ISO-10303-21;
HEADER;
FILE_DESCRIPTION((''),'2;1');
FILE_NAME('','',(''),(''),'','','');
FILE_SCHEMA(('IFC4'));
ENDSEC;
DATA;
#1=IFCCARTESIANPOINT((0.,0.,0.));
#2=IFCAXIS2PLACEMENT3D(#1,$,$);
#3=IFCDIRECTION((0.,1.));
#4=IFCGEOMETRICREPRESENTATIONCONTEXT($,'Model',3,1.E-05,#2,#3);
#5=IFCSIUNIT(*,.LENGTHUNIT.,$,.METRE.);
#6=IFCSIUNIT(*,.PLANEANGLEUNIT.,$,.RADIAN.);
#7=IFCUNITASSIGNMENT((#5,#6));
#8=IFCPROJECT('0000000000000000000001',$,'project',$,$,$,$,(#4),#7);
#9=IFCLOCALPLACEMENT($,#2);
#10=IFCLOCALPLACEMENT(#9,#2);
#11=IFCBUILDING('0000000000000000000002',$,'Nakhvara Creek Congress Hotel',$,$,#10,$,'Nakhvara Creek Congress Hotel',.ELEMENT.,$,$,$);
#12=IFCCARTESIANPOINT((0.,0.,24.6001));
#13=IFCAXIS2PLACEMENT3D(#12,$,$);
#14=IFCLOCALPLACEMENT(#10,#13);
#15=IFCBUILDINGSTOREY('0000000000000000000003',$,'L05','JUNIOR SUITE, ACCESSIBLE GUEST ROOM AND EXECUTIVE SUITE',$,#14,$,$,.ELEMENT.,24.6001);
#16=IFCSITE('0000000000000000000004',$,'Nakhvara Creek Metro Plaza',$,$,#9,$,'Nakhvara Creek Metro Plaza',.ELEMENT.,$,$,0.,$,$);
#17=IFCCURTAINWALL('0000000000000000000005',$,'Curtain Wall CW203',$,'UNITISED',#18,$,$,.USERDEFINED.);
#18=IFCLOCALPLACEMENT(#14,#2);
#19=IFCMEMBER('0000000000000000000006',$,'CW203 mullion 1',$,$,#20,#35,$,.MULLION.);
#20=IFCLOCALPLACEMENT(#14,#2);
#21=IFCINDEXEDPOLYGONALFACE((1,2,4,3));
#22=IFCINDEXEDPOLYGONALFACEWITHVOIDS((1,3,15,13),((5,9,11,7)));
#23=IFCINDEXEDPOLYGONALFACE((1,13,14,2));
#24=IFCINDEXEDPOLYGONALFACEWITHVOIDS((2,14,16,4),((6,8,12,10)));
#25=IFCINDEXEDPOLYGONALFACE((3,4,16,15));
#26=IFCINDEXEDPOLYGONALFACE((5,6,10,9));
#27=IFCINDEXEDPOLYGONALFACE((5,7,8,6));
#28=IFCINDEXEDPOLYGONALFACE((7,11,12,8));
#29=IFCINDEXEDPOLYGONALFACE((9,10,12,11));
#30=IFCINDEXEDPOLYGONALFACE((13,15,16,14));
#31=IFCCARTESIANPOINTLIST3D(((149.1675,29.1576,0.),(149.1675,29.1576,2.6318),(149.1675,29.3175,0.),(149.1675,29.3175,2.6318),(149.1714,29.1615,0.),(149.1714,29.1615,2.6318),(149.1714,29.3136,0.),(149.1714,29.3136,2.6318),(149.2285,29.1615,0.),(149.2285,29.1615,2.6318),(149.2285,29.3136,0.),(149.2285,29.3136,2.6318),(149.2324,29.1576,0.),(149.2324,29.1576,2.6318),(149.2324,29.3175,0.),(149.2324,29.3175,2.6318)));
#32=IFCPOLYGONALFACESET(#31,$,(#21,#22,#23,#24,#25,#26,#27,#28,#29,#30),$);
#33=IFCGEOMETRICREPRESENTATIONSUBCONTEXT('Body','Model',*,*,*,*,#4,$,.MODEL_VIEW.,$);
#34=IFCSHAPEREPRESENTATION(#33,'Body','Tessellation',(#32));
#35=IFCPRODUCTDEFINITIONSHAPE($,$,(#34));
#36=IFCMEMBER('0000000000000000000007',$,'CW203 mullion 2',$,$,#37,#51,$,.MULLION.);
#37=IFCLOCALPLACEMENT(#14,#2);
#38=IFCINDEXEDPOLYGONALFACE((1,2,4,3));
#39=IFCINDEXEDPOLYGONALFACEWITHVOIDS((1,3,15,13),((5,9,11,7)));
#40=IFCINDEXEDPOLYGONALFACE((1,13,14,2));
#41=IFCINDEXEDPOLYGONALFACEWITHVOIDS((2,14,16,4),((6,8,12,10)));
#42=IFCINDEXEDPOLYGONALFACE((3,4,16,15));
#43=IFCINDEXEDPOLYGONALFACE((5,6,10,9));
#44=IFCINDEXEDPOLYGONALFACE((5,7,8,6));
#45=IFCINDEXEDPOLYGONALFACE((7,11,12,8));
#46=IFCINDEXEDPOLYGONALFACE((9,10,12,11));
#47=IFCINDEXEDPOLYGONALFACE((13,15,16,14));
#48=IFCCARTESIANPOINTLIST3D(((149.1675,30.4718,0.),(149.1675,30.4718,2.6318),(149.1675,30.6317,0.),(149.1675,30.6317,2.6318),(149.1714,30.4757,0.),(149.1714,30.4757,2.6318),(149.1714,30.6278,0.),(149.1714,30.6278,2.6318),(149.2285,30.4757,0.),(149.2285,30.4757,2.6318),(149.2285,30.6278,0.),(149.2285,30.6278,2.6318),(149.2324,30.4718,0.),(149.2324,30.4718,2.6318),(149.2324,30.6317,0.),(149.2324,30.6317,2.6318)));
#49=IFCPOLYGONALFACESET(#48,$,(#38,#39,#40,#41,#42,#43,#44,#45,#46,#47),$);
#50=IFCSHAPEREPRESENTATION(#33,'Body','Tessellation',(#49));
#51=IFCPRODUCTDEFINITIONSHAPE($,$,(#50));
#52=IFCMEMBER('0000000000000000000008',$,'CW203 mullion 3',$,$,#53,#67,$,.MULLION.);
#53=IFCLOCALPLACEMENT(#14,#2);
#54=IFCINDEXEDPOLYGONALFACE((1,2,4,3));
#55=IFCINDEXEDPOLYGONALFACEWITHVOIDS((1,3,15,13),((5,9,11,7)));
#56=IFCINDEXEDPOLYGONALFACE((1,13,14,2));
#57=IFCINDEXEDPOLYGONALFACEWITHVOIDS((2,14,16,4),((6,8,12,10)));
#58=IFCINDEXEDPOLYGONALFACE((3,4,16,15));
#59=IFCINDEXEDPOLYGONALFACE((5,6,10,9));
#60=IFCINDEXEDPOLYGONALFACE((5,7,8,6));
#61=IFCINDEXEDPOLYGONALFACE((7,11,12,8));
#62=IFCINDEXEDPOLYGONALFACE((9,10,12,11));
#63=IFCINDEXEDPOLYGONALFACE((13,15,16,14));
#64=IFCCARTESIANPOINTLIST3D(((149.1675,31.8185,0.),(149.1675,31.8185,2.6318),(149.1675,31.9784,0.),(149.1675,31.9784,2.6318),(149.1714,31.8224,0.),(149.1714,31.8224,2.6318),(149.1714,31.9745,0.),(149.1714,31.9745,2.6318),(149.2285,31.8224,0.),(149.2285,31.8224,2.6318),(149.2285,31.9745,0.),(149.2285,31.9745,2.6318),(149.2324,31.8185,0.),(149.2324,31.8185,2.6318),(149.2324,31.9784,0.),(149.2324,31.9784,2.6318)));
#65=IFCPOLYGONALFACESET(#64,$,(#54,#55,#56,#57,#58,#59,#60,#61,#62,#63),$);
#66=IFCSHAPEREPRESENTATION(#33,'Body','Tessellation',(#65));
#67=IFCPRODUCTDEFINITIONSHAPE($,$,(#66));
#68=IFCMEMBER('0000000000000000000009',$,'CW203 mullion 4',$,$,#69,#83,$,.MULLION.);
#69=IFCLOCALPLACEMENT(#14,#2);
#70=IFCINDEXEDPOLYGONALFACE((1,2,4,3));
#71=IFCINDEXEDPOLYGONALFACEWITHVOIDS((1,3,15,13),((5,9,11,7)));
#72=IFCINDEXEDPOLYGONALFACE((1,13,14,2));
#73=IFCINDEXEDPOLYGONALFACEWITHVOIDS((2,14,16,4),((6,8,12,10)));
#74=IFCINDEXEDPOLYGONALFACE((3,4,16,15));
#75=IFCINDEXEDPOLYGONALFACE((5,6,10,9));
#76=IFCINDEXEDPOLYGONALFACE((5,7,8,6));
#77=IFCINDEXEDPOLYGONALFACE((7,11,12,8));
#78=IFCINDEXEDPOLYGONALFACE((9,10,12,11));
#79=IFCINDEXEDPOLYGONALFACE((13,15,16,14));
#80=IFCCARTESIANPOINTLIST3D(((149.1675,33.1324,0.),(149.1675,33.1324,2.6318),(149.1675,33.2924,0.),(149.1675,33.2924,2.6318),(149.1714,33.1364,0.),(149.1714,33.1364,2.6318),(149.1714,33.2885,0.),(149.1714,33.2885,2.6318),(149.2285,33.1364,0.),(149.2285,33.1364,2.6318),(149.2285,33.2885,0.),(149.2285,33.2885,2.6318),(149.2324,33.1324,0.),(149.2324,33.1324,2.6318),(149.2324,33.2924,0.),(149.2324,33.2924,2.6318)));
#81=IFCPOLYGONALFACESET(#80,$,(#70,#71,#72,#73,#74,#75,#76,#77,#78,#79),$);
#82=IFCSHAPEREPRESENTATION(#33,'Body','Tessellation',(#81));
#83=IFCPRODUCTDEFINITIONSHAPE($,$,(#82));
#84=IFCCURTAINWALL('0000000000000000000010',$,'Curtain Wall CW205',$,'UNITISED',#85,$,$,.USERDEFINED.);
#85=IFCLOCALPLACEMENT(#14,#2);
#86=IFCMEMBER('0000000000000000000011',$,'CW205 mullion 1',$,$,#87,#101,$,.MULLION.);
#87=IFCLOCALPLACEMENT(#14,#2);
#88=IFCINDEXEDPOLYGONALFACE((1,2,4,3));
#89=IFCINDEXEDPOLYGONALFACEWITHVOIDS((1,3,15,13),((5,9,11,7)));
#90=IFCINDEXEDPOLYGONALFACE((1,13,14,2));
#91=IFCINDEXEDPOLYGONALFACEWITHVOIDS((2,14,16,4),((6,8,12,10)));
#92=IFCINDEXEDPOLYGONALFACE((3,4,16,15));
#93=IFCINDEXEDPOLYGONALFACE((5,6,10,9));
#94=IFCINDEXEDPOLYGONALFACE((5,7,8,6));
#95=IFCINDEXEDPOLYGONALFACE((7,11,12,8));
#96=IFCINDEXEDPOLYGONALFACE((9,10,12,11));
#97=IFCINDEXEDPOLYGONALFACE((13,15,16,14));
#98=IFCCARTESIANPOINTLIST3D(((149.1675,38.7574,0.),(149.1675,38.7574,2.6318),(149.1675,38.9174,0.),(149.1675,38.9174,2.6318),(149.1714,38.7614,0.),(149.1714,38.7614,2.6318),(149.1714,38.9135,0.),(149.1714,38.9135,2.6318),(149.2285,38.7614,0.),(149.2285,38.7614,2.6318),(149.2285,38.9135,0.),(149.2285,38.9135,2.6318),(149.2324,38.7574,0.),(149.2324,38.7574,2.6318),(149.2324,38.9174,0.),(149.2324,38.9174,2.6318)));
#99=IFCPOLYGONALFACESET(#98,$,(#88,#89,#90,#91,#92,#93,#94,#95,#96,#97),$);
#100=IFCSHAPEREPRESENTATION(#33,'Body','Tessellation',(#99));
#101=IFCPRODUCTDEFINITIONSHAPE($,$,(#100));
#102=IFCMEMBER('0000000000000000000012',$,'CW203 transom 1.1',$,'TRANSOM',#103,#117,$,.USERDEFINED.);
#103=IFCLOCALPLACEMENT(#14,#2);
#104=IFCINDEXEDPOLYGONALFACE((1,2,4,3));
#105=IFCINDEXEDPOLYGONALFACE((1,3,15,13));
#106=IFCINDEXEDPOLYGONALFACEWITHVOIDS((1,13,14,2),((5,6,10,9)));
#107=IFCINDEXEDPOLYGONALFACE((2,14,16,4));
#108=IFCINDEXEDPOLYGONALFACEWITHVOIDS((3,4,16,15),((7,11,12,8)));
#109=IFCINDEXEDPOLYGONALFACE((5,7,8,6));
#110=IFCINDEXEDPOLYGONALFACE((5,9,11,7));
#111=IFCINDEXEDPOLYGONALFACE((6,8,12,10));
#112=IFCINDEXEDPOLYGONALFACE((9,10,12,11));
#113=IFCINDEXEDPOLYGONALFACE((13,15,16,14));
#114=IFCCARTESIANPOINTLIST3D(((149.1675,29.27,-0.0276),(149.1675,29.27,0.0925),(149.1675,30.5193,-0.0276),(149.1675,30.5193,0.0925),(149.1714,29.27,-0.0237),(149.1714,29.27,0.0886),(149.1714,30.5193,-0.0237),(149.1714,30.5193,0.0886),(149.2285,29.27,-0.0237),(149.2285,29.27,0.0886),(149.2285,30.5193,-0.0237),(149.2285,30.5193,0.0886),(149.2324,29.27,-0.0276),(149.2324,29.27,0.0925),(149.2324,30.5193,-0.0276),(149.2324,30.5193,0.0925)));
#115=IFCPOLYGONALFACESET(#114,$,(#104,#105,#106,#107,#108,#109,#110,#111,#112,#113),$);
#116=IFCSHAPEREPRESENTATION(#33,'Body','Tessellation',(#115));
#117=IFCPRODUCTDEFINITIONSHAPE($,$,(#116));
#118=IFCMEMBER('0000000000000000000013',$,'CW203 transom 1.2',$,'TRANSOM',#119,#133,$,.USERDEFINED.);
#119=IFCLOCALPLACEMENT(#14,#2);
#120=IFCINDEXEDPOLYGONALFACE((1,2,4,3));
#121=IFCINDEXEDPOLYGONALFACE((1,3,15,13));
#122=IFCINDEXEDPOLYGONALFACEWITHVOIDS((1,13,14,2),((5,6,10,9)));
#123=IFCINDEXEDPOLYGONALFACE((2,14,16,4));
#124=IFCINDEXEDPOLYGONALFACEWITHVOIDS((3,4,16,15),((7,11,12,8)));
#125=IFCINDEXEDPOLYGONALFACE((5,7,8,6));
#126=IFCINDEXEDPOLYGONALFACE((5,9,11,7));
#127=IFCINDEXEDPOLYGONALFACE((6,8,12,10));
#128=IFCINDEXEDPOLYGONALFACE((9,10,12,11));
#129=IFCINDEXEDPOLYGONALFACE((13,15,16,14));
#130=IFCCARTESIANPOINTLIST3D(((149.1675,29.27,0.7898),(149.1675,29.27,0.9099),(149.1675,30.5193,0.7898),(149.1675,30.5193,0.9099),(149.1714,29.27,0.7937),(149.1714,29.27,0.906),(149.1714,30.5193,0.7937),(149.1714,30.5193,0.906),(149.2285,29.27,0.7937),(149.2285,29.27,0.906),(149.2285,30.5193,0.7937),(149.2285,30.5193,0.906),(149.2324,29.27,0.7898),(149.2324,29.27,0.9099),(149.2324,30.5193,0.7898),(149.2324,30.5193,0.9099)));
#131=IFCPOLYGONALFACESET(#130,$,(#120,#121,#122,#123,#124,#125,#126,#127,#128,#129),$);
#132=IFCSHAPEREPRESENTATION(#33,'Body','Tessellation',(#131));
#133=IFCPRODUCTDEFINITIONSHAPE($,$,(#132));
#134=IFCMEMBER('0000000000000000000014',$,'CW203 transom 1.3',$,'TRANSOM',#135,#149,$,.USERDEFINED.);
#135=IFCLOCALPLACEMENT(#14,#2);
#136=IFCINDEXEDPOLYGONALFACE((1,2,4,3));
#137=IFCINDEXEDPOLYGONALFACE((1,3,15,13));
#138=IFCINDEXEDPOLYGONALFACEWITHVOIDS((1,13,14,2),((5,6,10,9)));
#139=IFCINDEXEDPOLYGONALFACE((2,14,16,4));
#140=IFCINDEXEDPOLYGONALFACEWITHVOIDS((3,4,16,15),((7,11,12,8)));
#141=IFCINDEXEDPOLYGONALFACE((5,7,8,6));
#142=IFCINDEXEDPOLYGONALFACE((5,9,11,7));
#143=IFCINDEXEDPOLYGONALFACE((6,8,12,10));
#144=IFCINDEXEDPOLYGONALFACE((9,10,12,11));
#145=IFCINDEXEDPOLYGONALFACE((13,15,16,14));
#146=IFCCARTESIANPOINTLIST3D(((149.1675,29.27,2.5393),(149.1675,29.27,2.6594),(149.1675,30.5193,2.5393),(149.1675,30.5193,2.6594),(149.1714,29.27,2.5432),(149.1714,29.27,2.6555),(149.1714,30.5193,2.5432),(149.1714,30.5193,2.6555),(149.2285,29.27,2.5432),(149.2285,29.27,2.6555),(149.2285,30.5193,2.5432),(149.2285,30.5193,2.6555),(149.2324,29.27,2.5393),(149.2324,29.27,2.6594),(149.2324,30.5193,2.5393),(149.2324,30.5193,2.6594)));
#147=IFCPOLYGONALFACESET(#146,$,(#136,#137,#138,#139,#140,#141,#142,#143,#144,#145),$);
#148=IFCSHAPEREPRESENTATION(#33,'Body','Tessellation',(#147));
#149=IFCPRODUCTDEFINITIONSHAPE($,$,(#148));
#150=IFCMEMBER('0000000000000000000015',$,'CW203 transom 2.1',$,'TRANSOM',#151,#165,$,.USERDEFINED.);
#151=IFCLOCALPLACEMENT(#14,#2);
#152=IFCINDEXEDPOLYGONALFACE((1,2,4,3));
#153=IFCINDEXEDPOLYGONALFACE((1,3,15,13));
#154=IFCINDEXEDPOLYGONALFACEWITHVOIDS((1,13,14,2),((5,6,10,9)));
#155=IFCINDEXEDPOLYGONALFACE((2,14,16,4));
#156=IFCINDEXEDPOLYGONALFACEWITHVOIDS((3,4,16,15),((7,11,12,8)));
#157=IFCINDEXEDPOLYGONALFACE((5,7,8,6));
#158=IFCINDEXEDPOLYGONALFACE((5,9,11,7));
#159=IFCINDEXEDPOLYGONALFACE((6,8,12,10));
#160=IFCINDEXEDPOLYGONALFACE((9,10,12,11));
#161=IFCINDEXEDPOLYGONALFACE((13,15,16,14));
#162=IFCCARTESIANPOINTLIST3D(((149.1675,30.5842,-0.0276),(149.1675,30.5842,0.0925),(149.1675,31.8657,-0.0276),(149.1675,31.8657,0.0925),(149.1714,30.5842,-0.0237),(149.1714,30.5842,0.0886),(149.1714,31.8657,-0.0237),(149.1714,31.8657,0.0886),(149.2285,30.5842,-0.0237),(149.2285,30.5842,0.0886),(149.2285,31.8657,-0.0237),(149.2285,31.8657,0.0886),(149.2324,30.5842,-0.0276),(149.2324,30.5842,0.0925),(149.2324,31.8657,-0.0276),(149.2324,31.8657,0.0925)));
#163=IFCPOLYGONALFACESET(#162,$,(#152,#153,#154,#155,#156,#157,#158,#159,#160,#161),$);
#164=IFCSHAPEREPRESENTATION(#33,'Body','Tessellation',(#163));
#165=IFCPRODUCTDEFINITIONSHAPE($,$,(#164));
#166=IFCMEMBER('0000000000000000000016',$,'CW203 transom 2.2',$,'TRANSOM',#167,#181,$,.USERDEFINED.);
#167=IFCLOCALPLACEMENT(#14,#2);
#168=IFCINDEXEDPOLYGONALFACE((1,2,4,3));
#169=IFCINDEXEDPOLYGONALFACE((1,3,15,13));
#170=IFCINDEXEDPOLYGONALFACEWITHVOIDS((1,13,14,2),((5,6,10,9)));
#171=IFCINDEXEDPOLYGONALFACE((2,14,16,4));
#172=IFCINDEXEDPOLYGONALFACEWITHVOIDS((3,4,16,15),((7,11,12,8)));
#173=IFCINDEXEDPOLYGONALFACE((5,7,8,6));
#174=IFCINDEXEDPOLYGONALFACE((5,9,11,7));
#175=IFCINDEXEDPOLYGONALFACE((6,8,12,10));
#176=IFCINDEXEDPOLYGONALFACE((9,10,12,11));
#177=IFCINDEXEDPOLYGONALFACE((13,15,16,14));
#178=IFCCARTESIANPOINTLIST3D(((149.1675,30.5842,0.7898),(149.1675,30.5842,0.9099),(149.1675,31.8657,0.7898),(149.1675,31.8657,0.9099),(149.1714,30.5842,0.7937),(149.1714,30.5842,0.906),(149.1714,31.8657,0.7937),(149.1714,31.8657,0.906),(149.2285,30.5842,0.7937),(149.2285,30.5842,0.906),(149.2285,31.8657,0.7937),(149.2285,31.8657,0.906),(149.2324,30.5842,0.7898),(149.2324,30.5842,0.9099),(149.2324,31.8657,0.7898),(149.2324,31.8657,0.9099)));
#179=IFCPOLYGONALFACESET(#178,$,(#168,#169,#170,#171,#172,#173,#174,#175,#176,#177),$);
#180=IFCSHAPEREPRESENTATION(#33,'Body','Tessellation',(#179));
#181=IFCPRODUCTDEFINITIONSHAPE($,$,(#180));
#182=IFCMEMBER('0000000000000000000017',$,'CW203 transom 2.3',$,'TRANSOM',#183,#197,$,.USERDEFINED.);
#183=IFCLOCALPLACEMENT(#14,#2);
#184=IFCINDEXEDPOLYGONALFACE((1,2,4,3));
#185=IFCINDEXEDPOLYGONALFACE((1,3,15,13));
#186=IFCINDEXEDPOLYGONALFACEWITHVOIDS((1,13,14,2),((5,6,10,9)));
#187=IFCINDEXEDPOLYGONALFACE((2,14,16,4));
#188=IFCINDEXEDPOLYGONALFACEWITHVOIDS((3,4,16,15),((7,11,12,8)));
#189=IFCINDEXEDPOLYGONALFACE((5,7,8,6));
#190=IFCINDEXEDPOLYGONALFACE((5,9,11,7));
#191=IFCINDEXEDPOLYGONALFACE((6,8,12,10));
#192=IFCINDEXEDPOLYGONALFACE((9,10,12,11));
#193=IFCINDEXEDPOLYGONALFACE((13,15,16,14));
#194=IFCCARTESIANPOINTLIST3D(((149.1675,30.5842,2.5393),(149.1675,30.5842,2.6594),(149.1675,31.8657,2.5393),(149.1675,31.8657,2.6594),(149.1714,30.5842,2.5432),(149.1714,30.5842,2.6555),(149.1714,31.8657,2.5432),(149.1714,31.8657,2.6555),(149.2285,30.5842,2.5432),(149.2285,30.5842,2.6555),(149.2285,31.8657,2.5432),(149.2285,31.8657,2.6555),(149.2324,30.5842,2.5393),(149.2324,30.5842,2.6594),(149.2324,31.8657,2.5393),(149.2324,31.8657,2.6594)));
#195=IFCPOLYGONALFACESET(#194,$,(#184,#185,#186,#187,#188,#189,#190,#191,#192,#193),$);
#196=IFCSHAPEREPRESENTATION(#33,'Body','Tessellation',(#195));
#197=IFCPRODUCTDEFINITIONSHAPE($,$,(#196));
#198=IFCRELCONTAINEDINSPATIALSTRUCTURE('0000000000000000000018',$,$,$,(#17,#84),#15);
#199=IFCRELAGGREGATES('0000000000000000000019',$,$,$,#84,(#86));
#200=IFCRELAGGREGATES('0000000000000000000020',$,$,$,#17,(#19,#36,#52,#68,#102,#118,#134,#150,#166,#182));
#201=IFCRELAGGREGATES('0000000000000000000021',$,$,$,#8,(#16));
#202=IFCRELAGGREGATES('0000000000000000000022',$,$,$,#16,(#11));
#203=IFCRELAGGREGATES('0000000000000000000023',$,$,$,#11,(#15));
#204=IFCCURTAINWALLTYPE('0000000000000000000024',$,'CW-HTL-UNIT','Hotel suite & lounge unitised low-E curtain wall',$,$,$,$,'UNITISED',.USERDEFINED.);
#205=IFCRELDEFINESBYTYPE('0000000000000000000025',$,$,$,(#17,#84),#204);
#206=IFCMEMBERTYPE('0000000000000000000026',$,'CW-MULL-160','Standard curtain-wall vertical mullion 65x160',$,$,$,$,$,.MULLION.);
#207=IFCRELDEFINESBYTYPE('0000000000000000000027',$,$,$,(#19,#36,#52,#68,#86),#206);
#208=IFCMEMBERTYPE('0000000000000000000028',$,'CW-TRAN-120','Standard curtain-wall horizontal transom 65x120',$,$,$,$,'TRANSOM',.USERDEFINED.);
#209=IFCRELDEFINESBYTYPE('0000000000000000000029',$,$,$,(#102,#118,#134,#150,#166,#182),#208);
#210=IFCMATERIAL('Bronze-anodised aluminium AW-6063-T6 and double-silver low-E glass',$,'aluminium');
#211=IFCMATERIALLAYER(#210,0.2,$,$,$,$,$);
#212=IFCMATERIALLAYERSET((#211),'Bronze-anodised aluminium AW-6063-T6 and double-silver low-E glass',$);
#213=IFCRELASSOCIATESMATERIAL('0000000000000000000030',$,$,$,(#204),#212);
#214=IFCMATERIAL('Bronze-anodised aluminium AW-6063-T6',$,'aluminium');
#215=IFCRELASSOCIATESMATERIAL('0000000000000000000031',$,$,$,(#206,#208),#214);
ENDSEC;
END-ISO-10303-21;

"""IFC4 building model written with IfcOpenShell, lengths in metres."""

from ifc_helpers import new_model, si_unit, direction, frame, origin, origin_2d, place, context, subcontext, project, spatial, hollow_rectangle, extrude, material, layer, layer_set, material_profile, profile_set, type_object, element, aggregate, save


model = new_model("IFC4")

# Units and contexts
model_context = context("Model", 3, precision=1e-05, world=origin(), true_north=direction((0.0, 1.0)))
body_context = subcontext(model_context, "Body", "Model", "MODEL_VIEW")
ifc_project = project(units=[si_unit("LENGTHUNIT", "METRE"), si_unit("PLANEANGLEUNIT", "RADIAN")], contexts=[model_context])

# Site, building, storey
site_placement = place(None, origin())
site = spatial("IfcSite", under=ifc_project, at=site_placement, Name="Nakhvara Creek Metro Plaza", LongName="Nakhvara Creek Metro Plaza", CompositionType="ELEMENT", RefElevation=0.0)
building_placement = place(site_placement, origin())
building = spatial("IfcBuilding", under=site, at=building_placement, Name="Nakhvara Creek Congress Hotel", LongName="Nakhvara Creek Congress Hotel", CompositionType="ELEMENT")
storey_placement = place(building_placement, frame((0.0, 0.0, 24.6001)))
storey = spatial("IfcBuildingStorey", under=building, at=storey_placement, Name="L05", Description="JUNIOR SUITE, ACCESSIBLE GUEST ROOM AND EXECUTIVE SUITE", CompositionType="ELEMENT", Elevation=24.6001)

# Curtain wall, members
ifc_material_1 = material(Name="Bronze-anodised aluminium AW-6063-T6 and double-silver low-E glass", Category="aluminium")
ifc_layer = layer(ifc_material_1, 0.2)
ifc_layer_set = layer_set([ifc_layer], Name="Bronze-anodised aluminium AW-6063-T6 and double-silver low-E glass")
curtain_wall_type = type_object("IfcCurtainWallType", Name="CW-HTL-UNIT", Description="Hotel suite & lounge unitised low-E curtain wall", ElementType="UNITISED", PredefinedType="USERDEFINED", material=ifc_layer_set)
curtain_wall_1_placement = place(storey_placement, origin())
curtain_wall_1 = element("IfcCurtainWall", 1, at=curtain_wall_1_placement, inside=storey, type_object=curtain_wall_type, Name="Curtain Wall CW203", ObjectType="UNITISED", PredefinedType="USERDEFINED")
ifc_material_2 = material(Name="Bronze-anodised aluminium AW-6063-T6", Category="aluminium")
ifc_material_profile_1 = material_profile(ifc_material_2, hollow_rectangle(XDim=0.0649, YDim=0.1599, WallThickness=0.0039, at=origin_2d()), Name="ALU-MULL 65x160x4", Category="LoadBearing")
ifc_profile_set_1 = profile_set([ifc_material_profile_1], Name="Bronze-anodised aluminium AW-6063-T6")
member_type_1 = type_object("IfcMemberType", Name="CW-MULL-160", Description="Standard curtain-wall vertical mullion 65x160", PredefinedType="MULLION", material=ifc_profile_set_1)
member_1_placement = place(storey_placement, frame((149.2, 29.2375, 0.0), z_axis=(0.0, 0.0, 1.0), x_axis=(-1.0, 0.0, 0.0)))
member_1 = element("IfcMember", 2, at=member_1_placement, type_object=member_type_1, Name="CW203 mullion 1", PredefinedType="MULLION", context=body_context, shape_type="SweptSolid", body=[
    extrude(hollow_rectangle(XDim=0.0649, YDim=0.1599, WallThickness=0.0039, at=origin_2d()), origin(), (0.0, 0.0, 1.0), 2.6318),
])
member_2_placement = place(storey_placement, frame((149.2, 30.5518, 0.0), z_axis=(0.0, 0.0, 1.0), x_axis=(-1.0, 0.0, 0.0)))
member_2 = element("IfcMember", 3, at=member_2_placement, type_object=member_type_1, Name="CW203 mullion 2", PredefinedType="MULLION", context=body_context, shape_type="SweptSolid", body=[
    extrude(hollow_rectangle(XDim=0.0649, YDim=0.1599, WallThickness=0.0039, at=origin_2d()), origin(), (0.0, 0.0, 1.0), 2.6318),
])
member_3_placement = place(storey_placement, frame((149.2, 31.8984, 0.0), z_axis=(0.0, 0.0, 1.0), x_axis=(-1.0, 0.0, 0.0)))
member_3 = element("IfcMember", 4, at=member_3_placement, type_object=member_type_1, Name="CW203 mullion 3", PredefinedType="MULLION", context=body_context, shape_type="SweptSolid", body=[
    extrude(hollow_rectangle(XDim=0.0649, YDim=0.1599, WallThickness=0.0039, at=origin_2d()), origin(), (0.0, 0.0, 1.0), 2.6318),
])
member_4_placement = place(storey_placement, frame((149.2, 33.2124, 0.0), z_axis=(0.0, 0.0, 1.0), x_axis=(-1.0, 0.0, 0.0)))
member_4 = element("IfcMember", 5, at=member_4_placement, type_object=member_type_1, Name="CW203 mullion 4", PredefinedType="MULLION", context=body_context, shape_type="SweptSolid", body=[
    extrude(hollow_rectangle(XDim=0.0649, YDim=0.1599, WallThickness=0.0039, at=origin_2d()), origin(), (0.0, 0.0, 1.0), 2.6318),
])

# Curtain wall, member
curtain_wall_2_placement = place(storey_placement, origin())
curtain_wall_2 = element("IfcCurtainWall", 6, at=curtain_wall_2_placement, inside=storey, type_object=curtain_wall_type, Name="Curtain Wall CW205", ObjectType="UNITISED", PredefinedType="USERDEFINED")
member_5_placement = place(storey_placement, frame((149.2, 38.8374, 0.0), z_axis=(0.0, 0.0, 1.0), x_axis=(-1.0, 0.0, 0.0)))
member_5 = element("IfcMember", 7, at=member_5_placement, type_object=member_type_1, Name="CW205 mullion 1", PredefinedType="MULLION", context=body_context, shape_type="SweptSolid", body=[
    extrude(hollow_rectangle(XDim=0.0649, YDim=0.1599, WallThickness=0.0039, at=origin_2d()), origin(), (0.0, 0.0, 1.0), 2.6318),
])

# Members
ifc_material_profile_2 = material_profile(ifc_material_2, hollow_rectangle(XDim=0.0649, YDim=0.1201, WallThickness=0.0039, at=origin_2d()), Name="ALU-TRAN 65x120x4", Category="LoadBearing")
ifc_profile_set_2 = profile_set([ifc_material_profile_2], Name="Bronze-anodised aluminium AW-6063-T6")
member_type_2 = type_object("IfcMemberType", Name="CW-TRAN-120", Description="Standard curtain-wall horizontal transom 65x120", ElementType="TRANSOM", PredefinedType="USERDEFINED", material=ifc_profile_set_2)
member_6_placement = place(storey_placement, frame((149.2, 29.27, 0.0325), z_axis=(0.0, 1.0, 0.0), x_axis=(-1.0, 0.0, 0.0)))
member_6 = element("IfcMember", 8, at=member_6_placement, type_object=member_type_2, Name="CW203 transom 1.1", ObjectType="TRANSOM", PredefinedType="USERDEFINED", context=body_context, shape_type="SweptSolid", body=[
    extrude(hollow_rectangle(XDim=0.0649, YDim=0.1201, WallThickness=0.0039, at=origin_2d()), origin(), (0.0, 0.0, 1.0), 1.2493),
])
member_7_placement = place(storey_placement, frame((149.2, 29.27, 0.8499), z_axis=(0.0, 1.0, 0.0), x_axis=(-1.0, 0.0, 0.0)))
member_7 = element("IfcMember", 9, at=member_7_placement, type_object=member_type_2, Name="CW203 transom 1.2", ObjectType="TRANSOM", PredefinedType="USERDEFINED", context=body_context, shape_type="SweptSolid", body=[
    extrude(hollow_rectangle(XDim=0.0649, YDim=0.1201, WallThickness=0.0039, at=origin_2d()), origin(), (0.0, 0.0, 1.0), 1.2493),
])
member_8_placement = place(storey_placement, frame((149.2, 29.27, 2.5994), z_axis=(0.0, 1.0, 0.0), x_axis=(-1.0, 0.0, 0.0)))
member_8 = element("IfcMember", 10, at=member_8_placement, type_object=member_type_2, Name="CW203 transom 1.3", ObjectType="TRANSOM", PredefinedType="USERDEFINED", context=body_context, shape_type="SweptSolid", body=[
    extrude(hollow_rectangle(XDim=0.0649, YDim=0.1201, WallThickness=0.0039, at=origin_2d()), origin(), (0.0, 0.0, 1.0), 1.2493),
])
member_9_placement = place(storey_placement, frame((149.2, 30.5842, 0.0325), z_axis=(0.0, 1.0, 0.0), x_axis=(-1.0, 0.0, 0.0)))
member_9 = element("IfcMember", 11, at=member_9_placement, type_object=member_type_2, Name="CW203 transom 2.1", ObjectType="TRANSOM", PredefinedType="USERDEFINED", context=body_context, shape_type="SweptSolid", body=[
    extrude(hollow_rectangle(XDim=0.0649, YDim=0.1201, WallThickness=0.0039, at=origin_2d()), origin(), (0.0, 0.0, 1.0), 1.2815),
])
member_10_placement = place(storey_placement, frame((149.2, 30.5842, 0.8499), z_axis=(0.0, 1.0, 0.0), x_axis=(-1.0, 0.0, 0.0)))
member_10 = element("IfcMember", 12, at=member_10_placement, type_object=member_type_2, Name="CW203 transom 2.2", ObjectType="TRANSOM", PredefinedType="USERDEFINED", context=body_context, shape_type="SweptSolid", body=[
    extrude(hollow_rectangle(XDim=0.0649, YDim=0.1201, WallThickness=0.0039, at=origin_2d()), origin(), (0.0, 0.0, 1.0), 1.2815),
])
member_11_placement = place(storey_placement, frame((149.2, 30.5842, 2.5994), z_axis=(0.0, 1.0, 0.0), x_axis=(-1.0, 0.0, 0.0)))
member_11 = element("IfcMember", 13, at=member_11_placement, type_object=member_type_2, Name="CW203 transom 2.3", ObjectType="TRANSOM", PredefinedType="USERDEFINED", context=body_context, shape_type="SweptSolid", body=[
    extrude(hollow_rectangle(XDim=0.0649, YDim=0.1201, WallThickness=0.0039, at=origin_2d()), origin(), (0.0, 0.0, 1.0), 1.2815),
])
aggregate(curtain_wall_2, [member_5])

aggregate(curtain_wall_1, [member_1, member_2, member_3, member_4, member_6, member_7, member_8, member_9, member_10, member_11])

save(model, "model.ifc")
